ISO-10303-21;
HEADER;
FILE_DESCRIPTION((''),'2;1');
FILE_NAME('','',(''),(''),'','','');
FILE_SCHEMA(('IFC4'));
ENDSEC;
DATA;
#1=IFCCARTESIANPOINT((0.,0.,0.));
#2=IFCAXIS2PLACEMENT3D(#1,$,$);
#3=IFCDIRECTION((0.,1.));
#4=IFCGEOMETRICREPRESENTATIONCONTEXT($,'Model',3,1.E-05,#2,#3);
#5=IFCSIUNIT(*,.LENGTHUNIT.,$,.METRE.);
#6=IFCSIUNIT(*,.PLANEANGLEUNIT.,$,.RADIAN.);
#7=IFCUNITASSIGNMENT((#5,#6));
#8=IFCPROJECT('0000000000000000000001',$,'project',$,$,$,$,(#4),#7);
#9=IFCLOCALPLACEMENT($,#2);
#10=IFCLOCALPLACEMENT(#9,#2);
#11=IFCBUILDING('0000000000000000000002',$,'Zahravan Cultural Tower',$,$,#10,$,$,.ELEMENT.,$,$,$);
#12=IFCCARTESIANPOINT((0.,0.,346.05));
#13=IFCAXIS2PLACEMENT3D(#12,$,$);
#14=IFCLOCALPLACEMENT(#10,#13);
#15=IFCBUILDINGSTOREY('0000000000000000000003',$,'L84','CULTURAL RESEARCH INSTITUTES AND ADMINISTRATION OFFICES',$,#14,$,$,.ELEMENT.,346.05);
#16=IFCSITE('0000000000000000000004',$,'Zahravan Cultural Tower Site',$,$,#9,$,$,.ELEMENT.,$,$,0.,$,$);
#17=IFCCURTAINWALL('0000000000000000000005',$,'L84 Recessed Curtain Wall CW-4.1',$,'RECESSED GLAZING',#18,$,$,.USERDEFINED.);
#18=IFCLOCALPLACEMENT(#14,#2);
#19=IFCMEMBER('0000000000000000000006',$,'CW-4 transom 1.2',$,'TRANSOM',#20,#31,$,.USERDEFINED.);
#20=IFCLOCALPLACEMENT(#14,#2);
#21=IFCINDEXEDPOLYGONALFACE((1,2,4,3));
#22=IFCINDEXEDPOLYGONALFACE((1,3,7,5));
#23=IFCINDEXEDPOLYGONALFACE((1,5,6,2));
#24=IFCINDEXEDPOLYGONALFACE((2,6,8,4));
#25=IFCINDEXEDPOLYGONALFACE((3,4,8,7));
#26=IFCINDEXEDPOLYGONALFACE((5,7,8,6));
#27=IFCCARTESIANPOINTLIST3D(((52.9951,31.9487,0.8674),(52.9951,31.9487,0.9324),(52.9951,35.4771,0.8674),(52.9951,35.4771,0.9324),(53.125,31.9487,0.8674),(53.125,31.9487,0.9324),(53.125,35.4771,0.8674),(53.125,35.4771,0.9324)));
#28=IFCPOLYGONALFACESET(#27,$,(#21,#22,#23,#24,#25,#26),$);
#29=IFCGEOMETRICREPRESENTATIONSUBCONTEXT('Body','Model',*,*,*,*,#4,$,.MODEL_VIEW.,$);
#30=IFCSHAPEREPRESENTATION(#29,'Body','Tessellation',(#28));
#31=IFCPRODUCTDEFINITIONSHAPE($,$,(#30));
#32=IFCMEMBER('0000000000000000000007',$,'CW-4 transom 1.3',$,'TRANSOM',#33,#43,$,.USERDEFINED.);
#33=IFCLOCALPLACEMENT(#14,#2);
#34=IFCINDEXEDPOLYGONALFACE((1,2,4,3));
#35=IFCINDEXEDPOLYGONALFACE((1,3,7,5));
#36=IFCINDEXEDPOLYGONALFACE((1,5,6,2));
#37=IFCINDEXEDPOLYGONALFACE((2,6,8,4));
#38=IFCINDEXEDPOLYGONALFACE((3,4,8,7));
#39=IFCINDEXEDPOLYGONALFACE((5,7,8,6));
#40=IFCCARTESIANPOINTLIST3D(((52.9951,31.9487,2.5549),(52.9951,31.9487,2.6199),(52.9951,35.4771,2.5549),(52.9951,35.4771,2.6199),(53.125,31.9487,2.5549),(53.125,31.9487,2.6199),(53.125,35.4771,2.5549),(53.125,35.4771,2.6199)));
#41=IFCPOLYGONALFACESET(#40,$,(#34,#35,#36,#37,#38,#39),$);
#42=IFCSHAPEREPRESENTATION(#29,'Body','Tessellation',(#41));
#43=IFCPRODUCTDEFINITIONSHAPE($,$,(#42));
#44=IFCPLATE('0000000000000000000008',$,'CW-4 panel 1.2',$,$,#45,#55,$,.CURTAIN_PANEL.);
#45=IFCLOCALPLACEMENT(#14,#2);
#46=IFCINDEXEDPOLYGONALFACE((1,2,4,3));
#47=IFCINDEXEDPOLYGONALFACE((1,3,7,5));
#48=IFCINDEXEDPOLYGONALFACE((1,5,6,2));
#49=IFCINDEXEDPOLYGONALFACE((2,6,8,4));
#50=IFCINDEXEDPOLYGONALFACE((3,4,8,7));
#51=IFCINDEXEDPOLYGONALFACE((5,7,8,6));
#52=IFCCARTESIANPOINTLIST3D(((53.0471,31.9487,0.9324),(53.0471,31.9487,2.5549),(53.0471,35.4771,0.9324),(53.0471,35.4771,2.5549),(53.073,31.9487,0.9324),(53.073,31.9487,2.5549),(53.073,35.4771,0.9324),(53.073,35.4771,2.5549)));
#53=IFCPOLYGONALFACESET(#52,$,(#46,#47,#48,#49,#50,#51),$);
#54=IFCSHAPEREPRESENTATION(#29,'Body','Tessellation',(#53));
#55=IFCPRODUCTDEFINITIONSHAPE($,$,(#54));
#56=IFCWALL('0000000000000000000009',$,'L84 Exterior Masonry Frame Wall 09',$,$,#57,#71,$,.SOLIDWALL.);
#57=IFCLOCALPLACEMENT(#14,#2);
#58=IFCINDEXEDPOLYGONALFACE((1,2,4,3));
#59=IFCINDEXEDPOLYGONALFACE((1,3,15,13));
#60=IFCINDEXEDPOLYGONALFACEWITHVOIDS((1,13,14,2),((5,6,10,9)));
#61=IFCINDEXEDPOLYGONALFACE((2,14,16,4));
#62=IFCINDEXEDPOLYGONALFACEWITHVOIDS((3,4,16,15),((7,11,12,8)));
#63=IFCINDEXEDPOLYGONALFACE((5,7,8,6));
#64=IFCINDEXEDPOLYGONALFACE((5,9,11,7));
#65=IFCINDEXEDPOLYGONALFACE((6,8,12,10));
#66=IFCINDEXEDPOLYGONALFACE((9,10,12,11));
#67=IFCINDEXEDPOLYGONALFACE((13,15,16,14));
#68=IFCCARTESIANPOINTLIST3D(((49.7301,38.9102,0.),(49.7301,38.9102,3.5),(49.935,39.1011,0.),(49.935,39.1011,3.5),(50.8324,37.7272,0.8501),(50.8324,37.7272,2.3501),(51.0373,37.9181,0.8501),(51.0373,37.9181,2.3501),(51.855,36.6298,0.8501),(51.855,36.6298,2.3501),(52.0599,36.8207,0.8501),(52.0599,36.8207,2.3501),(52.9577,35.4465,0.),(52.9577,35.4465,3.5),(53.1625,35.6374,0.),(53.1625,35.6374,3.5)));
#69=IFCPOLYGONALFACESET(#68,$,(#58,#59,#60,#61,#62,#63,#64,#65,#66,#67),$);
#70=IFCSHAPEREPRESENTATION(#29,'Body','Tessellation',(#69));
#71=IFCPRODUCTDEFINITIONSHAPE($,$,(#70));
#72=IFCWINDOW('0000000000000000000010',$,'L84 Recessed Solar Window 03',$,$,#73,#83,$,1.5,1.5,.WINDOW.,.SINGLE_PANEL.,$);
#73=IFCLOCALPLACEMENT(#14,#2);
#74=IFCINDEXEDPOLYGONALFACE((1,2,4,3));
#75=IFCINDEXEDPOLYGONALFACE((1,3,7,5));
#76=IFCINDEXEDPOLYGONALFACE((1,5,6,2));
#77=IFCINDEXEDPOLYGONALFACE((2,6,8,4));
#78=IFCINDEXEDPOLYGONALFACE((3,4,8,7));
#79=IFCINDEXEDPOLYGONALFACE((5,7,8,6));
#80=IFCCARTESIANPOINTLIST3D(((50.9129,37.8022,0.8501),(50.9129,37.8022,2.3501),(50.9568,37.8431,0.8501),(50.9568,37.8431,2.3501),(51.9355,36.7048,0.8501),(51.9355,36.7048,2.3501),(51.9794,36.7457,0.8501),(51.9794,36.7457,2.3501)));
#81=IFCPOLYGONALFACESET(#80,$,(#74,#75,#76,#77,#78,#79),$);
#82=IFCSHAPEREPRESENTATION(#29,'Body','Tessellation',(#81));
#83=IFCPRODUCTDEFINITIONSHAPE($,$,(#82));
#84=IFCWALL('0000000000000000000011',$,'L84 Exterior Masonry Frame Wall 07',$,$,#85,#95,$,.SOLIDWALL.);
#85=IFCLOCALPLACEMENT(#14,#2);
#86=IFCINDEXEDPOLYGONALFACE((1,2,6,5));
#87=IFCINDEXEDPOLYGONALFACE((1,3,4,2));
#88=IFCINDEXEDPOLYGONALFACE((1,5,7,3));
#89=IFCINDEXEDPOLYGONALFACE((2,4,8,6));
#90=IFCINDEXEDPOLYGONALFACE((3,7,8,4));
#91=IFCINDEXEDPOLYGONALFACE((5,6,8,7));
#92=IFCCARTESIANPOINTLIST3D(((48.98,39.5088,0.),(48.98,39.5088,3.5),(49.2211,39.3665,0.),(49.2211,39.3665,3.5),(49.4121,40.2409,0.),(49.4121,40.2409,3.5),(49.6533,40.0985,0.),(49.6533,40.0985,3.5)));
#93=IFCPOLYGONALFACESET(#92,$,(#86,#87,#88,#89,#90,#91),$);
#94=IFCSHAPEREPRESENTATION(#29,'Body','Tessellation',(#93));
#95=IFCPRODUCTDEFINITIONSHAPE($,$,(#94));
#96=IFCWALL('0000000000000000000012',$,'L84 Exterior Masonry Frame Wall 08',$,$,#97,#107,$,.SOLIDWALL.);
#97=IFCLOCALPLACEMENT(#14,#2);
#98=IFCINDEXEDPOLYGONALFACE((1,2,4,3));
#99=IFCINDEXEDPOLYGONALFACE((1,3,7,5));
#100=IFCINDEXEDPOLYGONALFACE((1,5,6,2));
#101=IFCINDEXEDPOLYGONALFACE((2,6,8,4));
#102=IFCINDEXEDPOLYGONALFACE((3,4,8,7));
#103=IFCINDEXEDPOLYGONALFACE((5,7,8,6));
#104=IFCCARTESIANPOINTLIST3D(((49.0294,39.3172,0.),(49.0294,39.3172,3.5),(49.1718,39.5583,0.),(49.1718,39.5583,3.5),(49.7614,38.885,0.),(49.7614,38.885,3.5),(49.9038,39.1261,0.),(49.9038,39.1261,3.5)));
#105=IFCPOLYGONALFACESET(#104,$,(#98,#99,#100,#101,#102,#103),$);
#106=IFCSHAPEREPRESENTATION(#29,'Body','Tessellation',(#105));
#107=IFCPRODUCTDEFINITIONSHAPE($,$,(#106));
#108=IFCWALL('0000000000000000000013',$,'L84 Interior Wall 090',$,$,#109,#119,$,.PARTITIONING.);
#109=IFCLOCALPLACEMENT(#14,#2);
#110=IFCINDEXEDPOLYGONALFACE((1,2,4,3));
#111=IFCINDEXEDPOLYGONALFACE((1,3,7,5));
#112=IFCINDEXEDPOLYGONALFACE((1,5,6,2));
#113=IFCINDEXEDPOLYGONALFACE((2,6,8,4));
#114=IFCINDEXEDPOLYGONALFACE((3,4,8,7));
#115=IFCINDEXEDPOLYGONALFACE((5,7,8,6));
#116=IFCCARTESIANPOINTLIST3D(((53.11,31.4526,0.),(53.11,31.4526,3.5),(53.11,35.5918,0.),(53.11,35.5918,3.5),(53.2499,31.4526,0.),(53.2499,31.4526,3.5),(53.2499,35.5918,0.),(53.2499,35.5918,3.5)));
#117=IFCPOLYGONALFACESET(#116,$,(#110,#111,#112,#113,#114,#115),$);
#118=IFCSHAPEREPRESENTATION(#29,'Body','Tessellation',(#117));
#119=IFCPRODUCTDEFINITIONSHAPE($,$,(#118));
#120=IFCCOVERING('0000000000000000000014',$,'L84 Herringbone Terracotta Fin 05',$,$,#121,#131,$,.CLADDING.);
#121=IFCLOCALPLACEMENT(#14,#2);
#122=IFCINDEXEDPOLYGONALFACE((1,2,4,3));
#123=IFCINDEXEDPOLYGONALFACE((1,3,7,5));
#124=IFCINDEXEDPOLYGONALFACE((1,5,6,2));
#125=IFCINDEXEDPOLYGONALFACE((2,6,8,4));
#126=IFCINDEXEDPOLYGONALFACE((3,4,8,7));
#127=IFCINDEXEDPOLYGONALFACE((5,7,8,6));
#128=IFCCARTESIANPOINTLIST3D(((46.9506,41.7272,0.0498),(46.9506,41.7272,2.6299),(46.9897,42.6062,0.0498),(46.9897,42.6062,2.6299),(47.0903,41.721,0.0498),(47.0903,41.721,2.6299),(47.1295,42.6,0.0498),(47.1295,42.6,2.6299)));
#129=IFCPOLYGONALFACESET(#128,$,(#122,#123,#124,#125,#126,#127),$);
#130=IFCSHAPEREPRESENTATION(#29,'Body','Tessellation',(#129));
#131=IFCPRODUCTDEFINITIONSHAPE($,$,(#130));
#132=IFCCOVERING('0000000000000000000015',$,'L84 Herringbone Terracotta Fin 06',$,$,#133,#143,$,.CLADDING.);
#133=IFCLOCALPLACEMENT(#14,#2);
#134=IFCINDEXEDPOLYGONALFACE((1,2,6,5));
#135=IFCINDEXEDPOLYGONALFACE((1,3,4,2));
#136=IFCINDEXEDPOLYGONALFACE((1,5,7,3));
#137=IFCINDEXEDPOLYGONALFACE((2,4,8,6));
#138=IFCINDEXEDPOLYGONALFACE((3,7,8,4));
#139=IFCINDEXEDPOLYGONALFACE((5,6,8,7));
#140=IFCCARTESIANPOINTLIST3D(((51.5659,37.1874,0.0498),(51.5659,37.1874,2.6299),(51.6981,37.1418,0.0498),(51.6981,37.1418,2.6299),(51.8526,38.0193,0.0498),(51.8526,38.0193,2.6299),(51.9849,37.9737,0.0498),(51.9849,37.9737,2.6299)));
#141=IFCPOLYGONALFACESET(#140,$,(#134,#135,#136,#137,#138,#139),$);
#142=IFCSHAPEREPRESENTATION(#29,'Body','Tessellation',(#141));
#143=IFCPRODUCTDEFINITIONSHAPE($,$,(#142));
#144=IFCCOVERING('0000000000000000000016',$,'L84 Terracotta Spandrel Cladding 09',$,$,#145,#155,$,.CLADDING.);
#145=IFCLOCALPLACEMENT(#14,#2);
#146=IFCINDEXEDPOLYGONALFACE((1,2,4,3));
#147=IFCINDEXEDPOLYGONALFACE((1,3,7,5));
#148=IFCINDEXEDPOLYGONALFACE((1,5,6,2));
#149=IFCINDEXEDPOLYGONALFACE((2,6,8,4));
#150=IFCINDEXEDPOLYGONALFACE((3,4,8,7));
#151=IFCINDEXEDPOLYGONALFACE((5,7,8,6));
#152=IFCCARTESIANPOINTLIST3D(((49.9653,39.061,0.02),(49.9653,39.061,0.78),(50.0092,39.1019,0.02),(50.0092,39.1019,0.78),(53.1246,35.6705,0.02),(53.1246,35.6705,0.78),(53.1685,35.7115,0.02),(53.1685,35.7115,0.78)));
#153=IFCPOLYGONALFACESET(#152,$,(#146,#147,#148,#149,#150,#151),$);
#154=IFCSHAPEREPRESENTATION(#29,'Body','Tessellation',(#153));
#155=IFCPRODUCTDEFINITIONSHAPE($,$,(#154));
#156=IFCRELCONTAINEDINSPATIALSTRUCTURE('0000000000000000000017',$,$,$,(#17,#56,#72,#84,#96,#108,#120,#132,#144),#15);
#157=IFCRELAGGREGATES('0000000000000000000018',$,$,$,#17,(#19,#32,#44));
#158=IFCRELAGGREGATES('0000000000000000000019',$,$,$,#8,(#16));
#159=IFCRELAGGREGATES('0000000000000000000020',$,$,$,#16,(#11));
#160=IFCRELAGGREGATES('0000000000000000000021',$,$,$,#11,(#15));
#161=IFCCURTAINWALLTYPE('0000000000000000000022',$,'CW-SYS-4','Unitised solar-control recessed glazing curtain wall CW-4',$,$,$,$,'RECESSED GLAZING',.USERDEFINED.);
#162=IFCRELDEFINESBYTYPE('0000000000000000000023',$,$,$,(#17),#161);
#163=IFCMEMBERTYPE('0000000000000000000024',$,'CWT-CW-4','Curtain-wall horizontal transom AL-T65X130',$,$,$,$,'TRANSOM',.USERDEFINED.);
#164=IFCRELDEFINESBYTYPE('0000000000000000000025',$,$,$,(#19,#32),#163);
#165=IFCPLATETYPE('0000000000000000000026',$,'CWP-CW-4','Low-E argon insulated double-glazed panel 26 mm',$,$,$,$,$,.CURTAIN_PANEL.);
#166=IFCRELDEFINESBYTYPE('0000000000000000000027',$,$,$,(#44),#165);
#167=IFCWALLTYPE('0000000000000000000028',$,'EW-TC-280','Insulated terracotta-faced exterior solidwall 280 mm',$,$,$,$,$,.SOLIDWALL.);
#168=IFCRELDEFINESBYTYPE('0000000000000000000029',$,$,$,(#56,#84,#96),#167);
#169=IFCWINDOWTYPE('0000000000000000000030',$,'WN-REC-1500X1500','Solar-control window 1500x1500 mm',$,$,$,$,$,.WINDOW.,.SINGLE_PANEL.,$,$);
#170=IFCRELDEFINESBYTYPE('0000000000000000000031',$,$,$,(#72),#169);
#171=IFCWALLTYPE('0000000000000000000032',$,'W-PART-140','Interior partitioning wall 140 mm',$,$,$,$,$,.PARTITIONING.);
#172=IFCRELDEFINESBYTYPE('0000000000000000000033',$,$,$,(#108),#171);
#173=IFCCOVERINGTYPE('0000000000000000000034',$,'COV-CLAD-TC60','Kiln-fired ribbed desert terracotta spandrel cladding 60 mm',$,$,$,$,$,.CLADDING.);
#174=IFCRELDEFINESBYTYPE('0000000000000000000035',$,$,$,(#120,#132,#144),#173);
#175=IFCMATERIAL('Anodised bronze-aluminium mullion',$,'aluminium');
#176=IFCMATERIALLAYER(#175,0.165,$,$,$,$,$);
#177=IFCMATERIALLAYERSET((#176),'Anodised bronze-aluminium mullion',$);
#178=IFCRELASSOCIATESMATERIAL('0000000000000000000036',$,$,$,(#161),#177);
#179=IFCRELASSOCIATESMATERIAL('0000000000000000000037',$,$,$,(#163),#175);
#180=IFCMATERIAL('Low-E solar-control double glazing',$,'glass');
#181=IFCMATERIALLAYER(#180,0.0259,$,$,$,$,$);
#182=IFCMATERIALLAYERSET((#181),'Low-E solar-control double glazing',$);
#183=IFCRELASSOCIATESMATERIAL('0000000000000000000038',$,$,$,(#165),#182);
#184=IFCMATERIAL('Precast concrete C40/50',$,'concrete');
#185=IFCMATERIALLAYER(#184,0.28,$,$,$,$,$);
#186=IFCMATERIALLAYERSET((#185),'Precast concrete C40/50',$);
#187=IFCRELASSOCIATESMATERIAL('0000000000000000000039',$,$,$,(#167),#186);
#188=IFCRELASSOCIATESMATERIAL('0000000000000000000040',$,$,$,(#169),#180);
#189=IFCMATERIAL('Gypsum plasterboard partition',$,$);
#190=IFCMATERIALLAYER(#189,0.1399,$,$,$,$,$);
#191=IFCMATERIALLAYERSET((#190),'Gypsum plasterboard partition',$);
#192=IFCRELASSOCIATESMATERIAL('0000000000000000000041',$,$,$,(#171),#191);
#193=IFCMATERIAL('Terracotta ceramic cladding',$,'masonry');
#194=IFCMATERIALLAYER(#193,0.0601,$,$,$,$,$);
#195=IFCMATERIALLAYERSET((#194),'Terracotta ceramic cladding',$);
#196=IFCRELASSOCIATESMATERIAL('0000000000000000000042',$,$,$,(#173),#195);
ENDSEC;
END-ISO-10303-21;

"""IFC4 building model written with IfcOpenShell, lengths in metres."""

from ifc_helpers import new_model, si_unit, direction, frame, frame_2d, origin, origin_2d, place, context, subcontext, project, spatial, rectangle, extrude, source, transform, mapped, material, layer, layer_set, material_profile, profile_set, type_object, element, fill, aggregate, save


model = new_model("IFC4")

# Units and contexts
model_context = context("Model", 3, precision=1e-05, world=origin(), true_north=direction((0.0, 1.0)))
body_context = subcontext(model_context, "Body", "Model", "MODEL_VIEW")
ifc_project = project(units=[si_unit("LENGTHUNIT", "METRE"), si_unit("PLANEANGLEUNIT", "RADIAN")], contexts=[model_context])

# Site, building, storey
site_placement = place(None, origin())
site = spatial("IfcSite", under=ifc_project, at=site_placement, Name="Zahravan Cultural Tower Site", CompositionType="ELEMENT", RefElevation=0.0)
building_placement = place(site_placement, origin())
building = spatial("IfcBuilding", under=site, at=building_placement, Name="Zahravan Cultural Tower", CompositionType="ELEMENT")
storey_placement = place(building_placement, frame((0.0, 0.0, 346.05)))
storey = spatial("IfcBuildingStorey", under=building, at=storey_placement, Name="L84", Description="CULTURAL RESEARCH INSTITUTES AND ADMINISTRATION OFFICES", CompositionType="ELEMENT", Elevation=346.05)

# Curtain wall, members, plate
ifc_material_1 = material(Name="Anodised bronze-aluminium mullion", Category="aluminium")
ifc_layer_1 = layer(ifc_material_1, 0.165)
ifc_layer_set_1 = layer_set([ifc_layer_1], Name="Anodised bronze-aluminium mullion")
curtain_wall_type = type_object("IfcCurtainWallType", Name="CW-SYS-4", Description="Unitised solar-control recessed glazing curtain wall CW-4", ElementType="RECESSED GLAZING", PredefinedType="USERDEFINED", material=ifc_layer_set_1)
curtain_wall_placement = place(storey_placement, origin())
curtain_wall = element("IfcCurtainWall", 1, at=curtain_wall_placement, inside=storey, type_object=curtain_wall_type, Name="L84 Recessed Curtain Wall CW-4.1", ObjectType="RECESSED GLAZING", PredefinedType="USERDEFINED")
ifc_material_profile_1 = material_profile(ifc_material_1, rectangle(XDim=0.1299, YDim=0.0649, at=origin_2d()), Name="AL-T65X130")
ifc_profile_set_1 = profile_set([ifc_material_profile_1], Name="Anodised bronze-aluminium mullion")
member_type_1 = type_object("IfcMemberType", Name="CWT-CW-4", Description="Curtain-wall horizontal transom AL-T65X130", ElementType="TRANSOM", PredefinedType="USERDEFINED", material=ifc_profile_set_1)
shared_shape_1 = source(origin(), body_context, "Body", "SweptSolid", [
    extrude(rectangle(XDim=0.1299, YDim=0.0649, at=origin_2d()), origin(), (0.0, 0.0, 1.0), 3.5283),
])
member_1_placement = place(storey_placement, frame((53.0601, 35.4771, 0.8999), z_axis=(0.0, -1.0, 0.0), x_axis=(1.0, 0.0, 0.0)))
member_1 = element("IfcMember", 2, at=member_1_placement, type_object=member_type_1, Name="CW-4 transom 1.2", ObjectType="TRANSOM", PredefinedType="USERDEFINED", context=body_context, shape_type="MappedRepresentation", body=[
    mapped(shared_shape_1, transform((0.0, 0.0, 0.0), x_axis=(1.0, 0.0, 0.0), y_axis=(0.0, 1.0, 0.0), z_axis=(0.0, 0.0, 1.0), scale=1.0)),
])
member_2_placement = place(storey_placement, frame((53.0601, 35.4771, 2.5874), z_axis=(0.0, -1.0, 0.0), x_axis=(1.0, 0.0, 0.0)))
member_2 = element("IfcMember", 3, at=member_2_placement, type_object=member_type_1, Name="CW-4 transom 1.3", ObjectType="TRANSOM", PredefinedType="USERDEFINED", context=body_context, shape_type="MappedRepresentation", body=[
    mapped(shared_shape_1, transform((0.0, 0.0, 0.0), x_axis=(1.0, 0.0, 0.0), y_axis=(0.0, 1.0, 0.0), z_axis=(0.0, 0.0, 1.0), scale=1.0)),
])
ifc_material_2 = material(Name="Low-E solar-control double glazing", Category="glass")
ifc_layer_2 = layer(ifc_material_2, 0.0259)
ifc_layer_set_2 = layer_set([ifc_layer_2], Name="Low-E solar-control double glazing")
plate_type = type_object("IfcPlateType", Name="CWP-CW-4", Description="Low-E argon insulated double-glazed panel 26 mm", PredefinedType="CURTAIN_PANEL", material=ifc_layer_set_2)
shared_shape_2 = source(origin(), body_context, "Body", "SweptSolid", [
    extrude(rectangle(XDim=3.5283, YDim=0.0259, at=origin_2d()), origin(), (0.0, 0.0, 1.0), 1.6226),
])
plate_placement = place(storey_placement, frame((53.0601, 33.7129, 0.9324), z_axis=(0.0, 0.0, 1.0), x_axis=(0.0, -1.0, 0.0)))
plate = element("IfcPlate", 4, at=plate_placement, type_object=plate_type, Name="CW-4 panel 1.2", PredefinedType="CURTAIN_PANEL", context=body_context, shape_type="MappedRepresentation", body=[
    mapped(shared_shape_2, transform((0.0, 0.0, 0.0), x_axis=(1.0, 0.0, 0.0), y_axis=(0.0, 1.0, 0.0), z_axis=(0.0, 0.0, 1.0), scale=1.0)),
])
aggregate(curtain_wall, [member_1, member_2, plate])

# Wall, opening, window
ifc_material_3 = material(Name="Precast concrete C40/50", Category="concrete")
ifc_layer_3 = layer(ifc_material_3, 0.28)
ifc_layer_set_3 = layer_set([ifc_layer_3], Name="Precast concrete C40/50")
wall_type_1 = type_object("IfcWallType", Name="EW-TC-280", Description="Insulated terracotta-faced exterior solidwall 280 mm", PredefinedType="SOLIDWALL", material=ifc_layer_set_3)
wall_1_placement = place(storey_placement, frame((49.8325, 39.0056, 0.0), z_axis=(0.0, 0.0, 1.0), x_axis=(0.681734, -0.7316, 0.0)))
wall_1 = element("IfcWall", 5, at=wall_1_placement, inside=storey, type_object=wall_type_1, Name="L84 Exterior Masonry Frame Wall 09", PredefinedType="SOLIDWALL", context=body_context, shape_type="SweptSolid", body=[
    extrude(rectangle(XDim=4.7344, YDim=0.28, at=frame_2d((2.3672, 0.0))), origin(), (0.0, 0.0, 1.0), 3.5),
])
opening_placement = place(wall_1_placement, frame((1.6169, 0.0, 0.8501)))
opening = element("IfcOpeningElement", 6, at=opening_placement, cuts=wall_1, PredefinedType="OPENING", context=body_context, shape_type="SweptSolid", body=[
    extrude(rectangle(XDim=1.5, YDim=1.5, at=frame_2d((0.75, 0.75))), frame((0.0, 0.1499, 0.0), z_axis=(0.0, -1.0, 0.0), x_axis=(1.0, 0.0, 0.0)), (0.0, 0.0, 1.0), 0.3),
])
window_type = type_object("IfcWindowType", Name="WN-REC-1500X1500", Description="Solar-control window 1500x1500 mm", PartitioningType="SINGLE_PANEL", PredefinedType="WINDOW", material=ifc_material_2)
shared_shape_3 = source(origin(), body_context, "Body", "SweptSolid", [
    extrude(rectangle(XDim=1.5, YDim=1.5, at=frame_2d((0.75, 0.75))), frame((0.0, 0.03, 0.0), z_axis=(0.0, -1.0, 0.0), x_axis=(1.0, 0.0, 0.0)), (0.0, 0.0, 1.0), 0.0601),
])
window_placement = place(opening_placement, origin())
window = element("IfcWindow", 7, at=window_placement, inside=storey, type_object=window_type, Name="L84 Recessed Solar Window 03", OverallHeight=1.5, OverallWidth=1.5, PartitioningType="SINGLE_PANEL", PredefinedType="WINDOW", context=body_context, shape_type="MappedRepresentation", body=[
    mapped(shared_shape_3, transform((0.0, 0.0, 0.0), x_axis=(1.0, 0.0, 0.0), y_axis=(0.0, 1.0, 0.0), z_axis=(0.0, 0.0, 1.0), scale=1.0)),
])
fill(opening, window)

# Walls
shared_shape_4 = source(origin(), body_context, "Body", "SweptSolid", [
    extrude(rectangle(XDim=0.8501, YDim=0.28, at=frame_2d((0.425, 0.0))), origin(), (0.0, 0.0, 1.0), 3.5),
])
for number, where, z_axis, x_axis, name in (
    (8, (49.5327, 40.1697, 0.0), (0.0, 0.0, 1.0), (-0.5084, -0.861121, 0.0), "L84 Exterior Masonry Frame Wall 07"),
    (9, (49.1006, 39.4377, 0.0), (0.0, 0.0, 1.0), (0.861121, -0.5084, 0.0), "L84 Exterior Masonry Frame Wall 08"),
):
    element("IfcWall", number, at=place(storey_placement, frame(where, z_axis=z_axis, x_axis=x_axis)), inside=storey, type_object=wall_type_1, Name=name, PredefinedType="SOLIDWALL", context=body_context, shape_type="MappedRepresentation", body=[
        mapped(shared_shape_4, transform((0.0, 0.0, 0.0), x_axis=(1.0, 0.0, 0.0), y_axis=(0.0, 1.0, 0.0), z_axis=(0.0, 0.0, 1.0), scale=1.0)),
    ])
ifc_material_4 = material(Name="Gypsum plasterboard partition")
ifc_layer_4 = layer(ifc_material_4, 0.1399)
ifc_layer_set_4 = layer_set([ifc_layer_4], Name="Gypsum plasterboard partition")
wall_type_2 = type_object("IfcWallType", Name="W-PART-140", Description="Interior partitioning wall 140 mm", PredefinedType="PARTITIONING", material=ifc_layer_set_4)
shared_shape_5 = source(origin(), body_context, "Body", "SweptSolid", [
    extrude(rectangle(XDim=4.1392, YDim=0.1399, at=frame_2d((2.0696, 0.0))), origin(), (0.0, 0.0, 1.0), 3.5),
])
wall_2_placement = place(storey_placement, frame((53.1799, 35.5918, 0.0), z_axis=(0.0, 0.0, 1.0), x_axis=(0.0, -1.0, 0.0)))
element("IfcWall", 10, at=wall_2_placement, inside=storey, type_object=wall_type_2, Name="L84 Interior Wall 090", PredefinedType="PARTITIONING", context=body_context, shape_type="MappedRepresentation", body=[
    mapped(shared_shape_5, transform((0.0, 0.0, 0.0), x_axis=(1.0, 0.0, 0.0), y_axis=(0.0, 1.0, 0.0), z_axis=(0.0, 0.0, 1.0), scale=1.0)),
])

# Coverings
ifc_material_5 = material(Name="Terracotta ceramic cladding", Category="masonry")
ifc_layer_5 = layer(ifc_material_5, 0.0601)
ifc_layer_set_5 = layer_set([ifc_layer_5], Name="Terracotta ceramic cladding")
covering_type = type_object("IfcCoveringType", Name="COV-CLAD-TC60", Description="Kiln-fired ribbed desert terracotta spandrel cladding 60 mm", PredefinedType="CLADDING", material=ifc_layer_set_5)
shared_shape_6 = source(origin(), body_context, "Body", "SweptSolid", [
    extrude(rectangle(XDim=0.8799, YDim=0.1399, at=origin_2d()), origin(), (0.0, 0.0, 1.0), 2.5801),
])
for number, where, z_axis, x_axis, name in (
    (11, (47.04, 42.1636, 0.0498), (0.0, 0.0, 1.0), (0.044491, 0.99901, 0.0), "L84 Herringbone Terracotta Fin 05"),
    (12, (51.7754, 37.5806, 0.0498), (0.0, 0.0, 1.0), (0.325915, 0.945399, 0.0), "L84 Herringbone Terracotta Fin 06"),
):
    element("IfcCovering", number, at=place(storey_placement, frame(where, z_axis=z_axis, x_axis=x_axis)), inside=storey, type_object=covering_type, Name=name, PredefinedType="CLADDING", context=body_context, shape_type="MappedRepresentation", body=[
        mapped(shared_shape_6, transform((0.0, 0.0, 0.0), x_axis=(1.0, 0.0, 0.0), y_axis=(0.0, 1.0, 0.0), z_axis=(0.0, 0.0, 1.0), scale=1.0)),
    ])
shared_shape_7 = source(origin(), body_context, "Body", "SweptSolid", [
    extrude(rectangle(XDim=4.6343, YDim=0.0601, at=origin_2d()), origin(), (0.0, 0.0, 1.0), 0.76),
])
covering_placement = place(storey_placement, frame((51.5669, 37.3862, 0.02), z_axis=(0.0, 0.0, 1.0), x_axis=(0.68173, -0.731604, 0.0)))
element("IfcCovering", 13, at=covering_placement, inside=storey, type_object=covering_type, Name="L84 Terracotta Spandrel Cladding 09", PredefinedType="CLADDING", context=body_context, shape_type="MappedRepresentation", body=[
    mapped(shared_shape_7, transform((0.0, 0.0, 0.0), x_axis=(1.0, 0.0, 0.0), y_axis=(0.0, 1.0, 0.0), z_axis=(0.0, 0.0, 1.0), scale=1.0)),
])

save(model, "model.ifc")
